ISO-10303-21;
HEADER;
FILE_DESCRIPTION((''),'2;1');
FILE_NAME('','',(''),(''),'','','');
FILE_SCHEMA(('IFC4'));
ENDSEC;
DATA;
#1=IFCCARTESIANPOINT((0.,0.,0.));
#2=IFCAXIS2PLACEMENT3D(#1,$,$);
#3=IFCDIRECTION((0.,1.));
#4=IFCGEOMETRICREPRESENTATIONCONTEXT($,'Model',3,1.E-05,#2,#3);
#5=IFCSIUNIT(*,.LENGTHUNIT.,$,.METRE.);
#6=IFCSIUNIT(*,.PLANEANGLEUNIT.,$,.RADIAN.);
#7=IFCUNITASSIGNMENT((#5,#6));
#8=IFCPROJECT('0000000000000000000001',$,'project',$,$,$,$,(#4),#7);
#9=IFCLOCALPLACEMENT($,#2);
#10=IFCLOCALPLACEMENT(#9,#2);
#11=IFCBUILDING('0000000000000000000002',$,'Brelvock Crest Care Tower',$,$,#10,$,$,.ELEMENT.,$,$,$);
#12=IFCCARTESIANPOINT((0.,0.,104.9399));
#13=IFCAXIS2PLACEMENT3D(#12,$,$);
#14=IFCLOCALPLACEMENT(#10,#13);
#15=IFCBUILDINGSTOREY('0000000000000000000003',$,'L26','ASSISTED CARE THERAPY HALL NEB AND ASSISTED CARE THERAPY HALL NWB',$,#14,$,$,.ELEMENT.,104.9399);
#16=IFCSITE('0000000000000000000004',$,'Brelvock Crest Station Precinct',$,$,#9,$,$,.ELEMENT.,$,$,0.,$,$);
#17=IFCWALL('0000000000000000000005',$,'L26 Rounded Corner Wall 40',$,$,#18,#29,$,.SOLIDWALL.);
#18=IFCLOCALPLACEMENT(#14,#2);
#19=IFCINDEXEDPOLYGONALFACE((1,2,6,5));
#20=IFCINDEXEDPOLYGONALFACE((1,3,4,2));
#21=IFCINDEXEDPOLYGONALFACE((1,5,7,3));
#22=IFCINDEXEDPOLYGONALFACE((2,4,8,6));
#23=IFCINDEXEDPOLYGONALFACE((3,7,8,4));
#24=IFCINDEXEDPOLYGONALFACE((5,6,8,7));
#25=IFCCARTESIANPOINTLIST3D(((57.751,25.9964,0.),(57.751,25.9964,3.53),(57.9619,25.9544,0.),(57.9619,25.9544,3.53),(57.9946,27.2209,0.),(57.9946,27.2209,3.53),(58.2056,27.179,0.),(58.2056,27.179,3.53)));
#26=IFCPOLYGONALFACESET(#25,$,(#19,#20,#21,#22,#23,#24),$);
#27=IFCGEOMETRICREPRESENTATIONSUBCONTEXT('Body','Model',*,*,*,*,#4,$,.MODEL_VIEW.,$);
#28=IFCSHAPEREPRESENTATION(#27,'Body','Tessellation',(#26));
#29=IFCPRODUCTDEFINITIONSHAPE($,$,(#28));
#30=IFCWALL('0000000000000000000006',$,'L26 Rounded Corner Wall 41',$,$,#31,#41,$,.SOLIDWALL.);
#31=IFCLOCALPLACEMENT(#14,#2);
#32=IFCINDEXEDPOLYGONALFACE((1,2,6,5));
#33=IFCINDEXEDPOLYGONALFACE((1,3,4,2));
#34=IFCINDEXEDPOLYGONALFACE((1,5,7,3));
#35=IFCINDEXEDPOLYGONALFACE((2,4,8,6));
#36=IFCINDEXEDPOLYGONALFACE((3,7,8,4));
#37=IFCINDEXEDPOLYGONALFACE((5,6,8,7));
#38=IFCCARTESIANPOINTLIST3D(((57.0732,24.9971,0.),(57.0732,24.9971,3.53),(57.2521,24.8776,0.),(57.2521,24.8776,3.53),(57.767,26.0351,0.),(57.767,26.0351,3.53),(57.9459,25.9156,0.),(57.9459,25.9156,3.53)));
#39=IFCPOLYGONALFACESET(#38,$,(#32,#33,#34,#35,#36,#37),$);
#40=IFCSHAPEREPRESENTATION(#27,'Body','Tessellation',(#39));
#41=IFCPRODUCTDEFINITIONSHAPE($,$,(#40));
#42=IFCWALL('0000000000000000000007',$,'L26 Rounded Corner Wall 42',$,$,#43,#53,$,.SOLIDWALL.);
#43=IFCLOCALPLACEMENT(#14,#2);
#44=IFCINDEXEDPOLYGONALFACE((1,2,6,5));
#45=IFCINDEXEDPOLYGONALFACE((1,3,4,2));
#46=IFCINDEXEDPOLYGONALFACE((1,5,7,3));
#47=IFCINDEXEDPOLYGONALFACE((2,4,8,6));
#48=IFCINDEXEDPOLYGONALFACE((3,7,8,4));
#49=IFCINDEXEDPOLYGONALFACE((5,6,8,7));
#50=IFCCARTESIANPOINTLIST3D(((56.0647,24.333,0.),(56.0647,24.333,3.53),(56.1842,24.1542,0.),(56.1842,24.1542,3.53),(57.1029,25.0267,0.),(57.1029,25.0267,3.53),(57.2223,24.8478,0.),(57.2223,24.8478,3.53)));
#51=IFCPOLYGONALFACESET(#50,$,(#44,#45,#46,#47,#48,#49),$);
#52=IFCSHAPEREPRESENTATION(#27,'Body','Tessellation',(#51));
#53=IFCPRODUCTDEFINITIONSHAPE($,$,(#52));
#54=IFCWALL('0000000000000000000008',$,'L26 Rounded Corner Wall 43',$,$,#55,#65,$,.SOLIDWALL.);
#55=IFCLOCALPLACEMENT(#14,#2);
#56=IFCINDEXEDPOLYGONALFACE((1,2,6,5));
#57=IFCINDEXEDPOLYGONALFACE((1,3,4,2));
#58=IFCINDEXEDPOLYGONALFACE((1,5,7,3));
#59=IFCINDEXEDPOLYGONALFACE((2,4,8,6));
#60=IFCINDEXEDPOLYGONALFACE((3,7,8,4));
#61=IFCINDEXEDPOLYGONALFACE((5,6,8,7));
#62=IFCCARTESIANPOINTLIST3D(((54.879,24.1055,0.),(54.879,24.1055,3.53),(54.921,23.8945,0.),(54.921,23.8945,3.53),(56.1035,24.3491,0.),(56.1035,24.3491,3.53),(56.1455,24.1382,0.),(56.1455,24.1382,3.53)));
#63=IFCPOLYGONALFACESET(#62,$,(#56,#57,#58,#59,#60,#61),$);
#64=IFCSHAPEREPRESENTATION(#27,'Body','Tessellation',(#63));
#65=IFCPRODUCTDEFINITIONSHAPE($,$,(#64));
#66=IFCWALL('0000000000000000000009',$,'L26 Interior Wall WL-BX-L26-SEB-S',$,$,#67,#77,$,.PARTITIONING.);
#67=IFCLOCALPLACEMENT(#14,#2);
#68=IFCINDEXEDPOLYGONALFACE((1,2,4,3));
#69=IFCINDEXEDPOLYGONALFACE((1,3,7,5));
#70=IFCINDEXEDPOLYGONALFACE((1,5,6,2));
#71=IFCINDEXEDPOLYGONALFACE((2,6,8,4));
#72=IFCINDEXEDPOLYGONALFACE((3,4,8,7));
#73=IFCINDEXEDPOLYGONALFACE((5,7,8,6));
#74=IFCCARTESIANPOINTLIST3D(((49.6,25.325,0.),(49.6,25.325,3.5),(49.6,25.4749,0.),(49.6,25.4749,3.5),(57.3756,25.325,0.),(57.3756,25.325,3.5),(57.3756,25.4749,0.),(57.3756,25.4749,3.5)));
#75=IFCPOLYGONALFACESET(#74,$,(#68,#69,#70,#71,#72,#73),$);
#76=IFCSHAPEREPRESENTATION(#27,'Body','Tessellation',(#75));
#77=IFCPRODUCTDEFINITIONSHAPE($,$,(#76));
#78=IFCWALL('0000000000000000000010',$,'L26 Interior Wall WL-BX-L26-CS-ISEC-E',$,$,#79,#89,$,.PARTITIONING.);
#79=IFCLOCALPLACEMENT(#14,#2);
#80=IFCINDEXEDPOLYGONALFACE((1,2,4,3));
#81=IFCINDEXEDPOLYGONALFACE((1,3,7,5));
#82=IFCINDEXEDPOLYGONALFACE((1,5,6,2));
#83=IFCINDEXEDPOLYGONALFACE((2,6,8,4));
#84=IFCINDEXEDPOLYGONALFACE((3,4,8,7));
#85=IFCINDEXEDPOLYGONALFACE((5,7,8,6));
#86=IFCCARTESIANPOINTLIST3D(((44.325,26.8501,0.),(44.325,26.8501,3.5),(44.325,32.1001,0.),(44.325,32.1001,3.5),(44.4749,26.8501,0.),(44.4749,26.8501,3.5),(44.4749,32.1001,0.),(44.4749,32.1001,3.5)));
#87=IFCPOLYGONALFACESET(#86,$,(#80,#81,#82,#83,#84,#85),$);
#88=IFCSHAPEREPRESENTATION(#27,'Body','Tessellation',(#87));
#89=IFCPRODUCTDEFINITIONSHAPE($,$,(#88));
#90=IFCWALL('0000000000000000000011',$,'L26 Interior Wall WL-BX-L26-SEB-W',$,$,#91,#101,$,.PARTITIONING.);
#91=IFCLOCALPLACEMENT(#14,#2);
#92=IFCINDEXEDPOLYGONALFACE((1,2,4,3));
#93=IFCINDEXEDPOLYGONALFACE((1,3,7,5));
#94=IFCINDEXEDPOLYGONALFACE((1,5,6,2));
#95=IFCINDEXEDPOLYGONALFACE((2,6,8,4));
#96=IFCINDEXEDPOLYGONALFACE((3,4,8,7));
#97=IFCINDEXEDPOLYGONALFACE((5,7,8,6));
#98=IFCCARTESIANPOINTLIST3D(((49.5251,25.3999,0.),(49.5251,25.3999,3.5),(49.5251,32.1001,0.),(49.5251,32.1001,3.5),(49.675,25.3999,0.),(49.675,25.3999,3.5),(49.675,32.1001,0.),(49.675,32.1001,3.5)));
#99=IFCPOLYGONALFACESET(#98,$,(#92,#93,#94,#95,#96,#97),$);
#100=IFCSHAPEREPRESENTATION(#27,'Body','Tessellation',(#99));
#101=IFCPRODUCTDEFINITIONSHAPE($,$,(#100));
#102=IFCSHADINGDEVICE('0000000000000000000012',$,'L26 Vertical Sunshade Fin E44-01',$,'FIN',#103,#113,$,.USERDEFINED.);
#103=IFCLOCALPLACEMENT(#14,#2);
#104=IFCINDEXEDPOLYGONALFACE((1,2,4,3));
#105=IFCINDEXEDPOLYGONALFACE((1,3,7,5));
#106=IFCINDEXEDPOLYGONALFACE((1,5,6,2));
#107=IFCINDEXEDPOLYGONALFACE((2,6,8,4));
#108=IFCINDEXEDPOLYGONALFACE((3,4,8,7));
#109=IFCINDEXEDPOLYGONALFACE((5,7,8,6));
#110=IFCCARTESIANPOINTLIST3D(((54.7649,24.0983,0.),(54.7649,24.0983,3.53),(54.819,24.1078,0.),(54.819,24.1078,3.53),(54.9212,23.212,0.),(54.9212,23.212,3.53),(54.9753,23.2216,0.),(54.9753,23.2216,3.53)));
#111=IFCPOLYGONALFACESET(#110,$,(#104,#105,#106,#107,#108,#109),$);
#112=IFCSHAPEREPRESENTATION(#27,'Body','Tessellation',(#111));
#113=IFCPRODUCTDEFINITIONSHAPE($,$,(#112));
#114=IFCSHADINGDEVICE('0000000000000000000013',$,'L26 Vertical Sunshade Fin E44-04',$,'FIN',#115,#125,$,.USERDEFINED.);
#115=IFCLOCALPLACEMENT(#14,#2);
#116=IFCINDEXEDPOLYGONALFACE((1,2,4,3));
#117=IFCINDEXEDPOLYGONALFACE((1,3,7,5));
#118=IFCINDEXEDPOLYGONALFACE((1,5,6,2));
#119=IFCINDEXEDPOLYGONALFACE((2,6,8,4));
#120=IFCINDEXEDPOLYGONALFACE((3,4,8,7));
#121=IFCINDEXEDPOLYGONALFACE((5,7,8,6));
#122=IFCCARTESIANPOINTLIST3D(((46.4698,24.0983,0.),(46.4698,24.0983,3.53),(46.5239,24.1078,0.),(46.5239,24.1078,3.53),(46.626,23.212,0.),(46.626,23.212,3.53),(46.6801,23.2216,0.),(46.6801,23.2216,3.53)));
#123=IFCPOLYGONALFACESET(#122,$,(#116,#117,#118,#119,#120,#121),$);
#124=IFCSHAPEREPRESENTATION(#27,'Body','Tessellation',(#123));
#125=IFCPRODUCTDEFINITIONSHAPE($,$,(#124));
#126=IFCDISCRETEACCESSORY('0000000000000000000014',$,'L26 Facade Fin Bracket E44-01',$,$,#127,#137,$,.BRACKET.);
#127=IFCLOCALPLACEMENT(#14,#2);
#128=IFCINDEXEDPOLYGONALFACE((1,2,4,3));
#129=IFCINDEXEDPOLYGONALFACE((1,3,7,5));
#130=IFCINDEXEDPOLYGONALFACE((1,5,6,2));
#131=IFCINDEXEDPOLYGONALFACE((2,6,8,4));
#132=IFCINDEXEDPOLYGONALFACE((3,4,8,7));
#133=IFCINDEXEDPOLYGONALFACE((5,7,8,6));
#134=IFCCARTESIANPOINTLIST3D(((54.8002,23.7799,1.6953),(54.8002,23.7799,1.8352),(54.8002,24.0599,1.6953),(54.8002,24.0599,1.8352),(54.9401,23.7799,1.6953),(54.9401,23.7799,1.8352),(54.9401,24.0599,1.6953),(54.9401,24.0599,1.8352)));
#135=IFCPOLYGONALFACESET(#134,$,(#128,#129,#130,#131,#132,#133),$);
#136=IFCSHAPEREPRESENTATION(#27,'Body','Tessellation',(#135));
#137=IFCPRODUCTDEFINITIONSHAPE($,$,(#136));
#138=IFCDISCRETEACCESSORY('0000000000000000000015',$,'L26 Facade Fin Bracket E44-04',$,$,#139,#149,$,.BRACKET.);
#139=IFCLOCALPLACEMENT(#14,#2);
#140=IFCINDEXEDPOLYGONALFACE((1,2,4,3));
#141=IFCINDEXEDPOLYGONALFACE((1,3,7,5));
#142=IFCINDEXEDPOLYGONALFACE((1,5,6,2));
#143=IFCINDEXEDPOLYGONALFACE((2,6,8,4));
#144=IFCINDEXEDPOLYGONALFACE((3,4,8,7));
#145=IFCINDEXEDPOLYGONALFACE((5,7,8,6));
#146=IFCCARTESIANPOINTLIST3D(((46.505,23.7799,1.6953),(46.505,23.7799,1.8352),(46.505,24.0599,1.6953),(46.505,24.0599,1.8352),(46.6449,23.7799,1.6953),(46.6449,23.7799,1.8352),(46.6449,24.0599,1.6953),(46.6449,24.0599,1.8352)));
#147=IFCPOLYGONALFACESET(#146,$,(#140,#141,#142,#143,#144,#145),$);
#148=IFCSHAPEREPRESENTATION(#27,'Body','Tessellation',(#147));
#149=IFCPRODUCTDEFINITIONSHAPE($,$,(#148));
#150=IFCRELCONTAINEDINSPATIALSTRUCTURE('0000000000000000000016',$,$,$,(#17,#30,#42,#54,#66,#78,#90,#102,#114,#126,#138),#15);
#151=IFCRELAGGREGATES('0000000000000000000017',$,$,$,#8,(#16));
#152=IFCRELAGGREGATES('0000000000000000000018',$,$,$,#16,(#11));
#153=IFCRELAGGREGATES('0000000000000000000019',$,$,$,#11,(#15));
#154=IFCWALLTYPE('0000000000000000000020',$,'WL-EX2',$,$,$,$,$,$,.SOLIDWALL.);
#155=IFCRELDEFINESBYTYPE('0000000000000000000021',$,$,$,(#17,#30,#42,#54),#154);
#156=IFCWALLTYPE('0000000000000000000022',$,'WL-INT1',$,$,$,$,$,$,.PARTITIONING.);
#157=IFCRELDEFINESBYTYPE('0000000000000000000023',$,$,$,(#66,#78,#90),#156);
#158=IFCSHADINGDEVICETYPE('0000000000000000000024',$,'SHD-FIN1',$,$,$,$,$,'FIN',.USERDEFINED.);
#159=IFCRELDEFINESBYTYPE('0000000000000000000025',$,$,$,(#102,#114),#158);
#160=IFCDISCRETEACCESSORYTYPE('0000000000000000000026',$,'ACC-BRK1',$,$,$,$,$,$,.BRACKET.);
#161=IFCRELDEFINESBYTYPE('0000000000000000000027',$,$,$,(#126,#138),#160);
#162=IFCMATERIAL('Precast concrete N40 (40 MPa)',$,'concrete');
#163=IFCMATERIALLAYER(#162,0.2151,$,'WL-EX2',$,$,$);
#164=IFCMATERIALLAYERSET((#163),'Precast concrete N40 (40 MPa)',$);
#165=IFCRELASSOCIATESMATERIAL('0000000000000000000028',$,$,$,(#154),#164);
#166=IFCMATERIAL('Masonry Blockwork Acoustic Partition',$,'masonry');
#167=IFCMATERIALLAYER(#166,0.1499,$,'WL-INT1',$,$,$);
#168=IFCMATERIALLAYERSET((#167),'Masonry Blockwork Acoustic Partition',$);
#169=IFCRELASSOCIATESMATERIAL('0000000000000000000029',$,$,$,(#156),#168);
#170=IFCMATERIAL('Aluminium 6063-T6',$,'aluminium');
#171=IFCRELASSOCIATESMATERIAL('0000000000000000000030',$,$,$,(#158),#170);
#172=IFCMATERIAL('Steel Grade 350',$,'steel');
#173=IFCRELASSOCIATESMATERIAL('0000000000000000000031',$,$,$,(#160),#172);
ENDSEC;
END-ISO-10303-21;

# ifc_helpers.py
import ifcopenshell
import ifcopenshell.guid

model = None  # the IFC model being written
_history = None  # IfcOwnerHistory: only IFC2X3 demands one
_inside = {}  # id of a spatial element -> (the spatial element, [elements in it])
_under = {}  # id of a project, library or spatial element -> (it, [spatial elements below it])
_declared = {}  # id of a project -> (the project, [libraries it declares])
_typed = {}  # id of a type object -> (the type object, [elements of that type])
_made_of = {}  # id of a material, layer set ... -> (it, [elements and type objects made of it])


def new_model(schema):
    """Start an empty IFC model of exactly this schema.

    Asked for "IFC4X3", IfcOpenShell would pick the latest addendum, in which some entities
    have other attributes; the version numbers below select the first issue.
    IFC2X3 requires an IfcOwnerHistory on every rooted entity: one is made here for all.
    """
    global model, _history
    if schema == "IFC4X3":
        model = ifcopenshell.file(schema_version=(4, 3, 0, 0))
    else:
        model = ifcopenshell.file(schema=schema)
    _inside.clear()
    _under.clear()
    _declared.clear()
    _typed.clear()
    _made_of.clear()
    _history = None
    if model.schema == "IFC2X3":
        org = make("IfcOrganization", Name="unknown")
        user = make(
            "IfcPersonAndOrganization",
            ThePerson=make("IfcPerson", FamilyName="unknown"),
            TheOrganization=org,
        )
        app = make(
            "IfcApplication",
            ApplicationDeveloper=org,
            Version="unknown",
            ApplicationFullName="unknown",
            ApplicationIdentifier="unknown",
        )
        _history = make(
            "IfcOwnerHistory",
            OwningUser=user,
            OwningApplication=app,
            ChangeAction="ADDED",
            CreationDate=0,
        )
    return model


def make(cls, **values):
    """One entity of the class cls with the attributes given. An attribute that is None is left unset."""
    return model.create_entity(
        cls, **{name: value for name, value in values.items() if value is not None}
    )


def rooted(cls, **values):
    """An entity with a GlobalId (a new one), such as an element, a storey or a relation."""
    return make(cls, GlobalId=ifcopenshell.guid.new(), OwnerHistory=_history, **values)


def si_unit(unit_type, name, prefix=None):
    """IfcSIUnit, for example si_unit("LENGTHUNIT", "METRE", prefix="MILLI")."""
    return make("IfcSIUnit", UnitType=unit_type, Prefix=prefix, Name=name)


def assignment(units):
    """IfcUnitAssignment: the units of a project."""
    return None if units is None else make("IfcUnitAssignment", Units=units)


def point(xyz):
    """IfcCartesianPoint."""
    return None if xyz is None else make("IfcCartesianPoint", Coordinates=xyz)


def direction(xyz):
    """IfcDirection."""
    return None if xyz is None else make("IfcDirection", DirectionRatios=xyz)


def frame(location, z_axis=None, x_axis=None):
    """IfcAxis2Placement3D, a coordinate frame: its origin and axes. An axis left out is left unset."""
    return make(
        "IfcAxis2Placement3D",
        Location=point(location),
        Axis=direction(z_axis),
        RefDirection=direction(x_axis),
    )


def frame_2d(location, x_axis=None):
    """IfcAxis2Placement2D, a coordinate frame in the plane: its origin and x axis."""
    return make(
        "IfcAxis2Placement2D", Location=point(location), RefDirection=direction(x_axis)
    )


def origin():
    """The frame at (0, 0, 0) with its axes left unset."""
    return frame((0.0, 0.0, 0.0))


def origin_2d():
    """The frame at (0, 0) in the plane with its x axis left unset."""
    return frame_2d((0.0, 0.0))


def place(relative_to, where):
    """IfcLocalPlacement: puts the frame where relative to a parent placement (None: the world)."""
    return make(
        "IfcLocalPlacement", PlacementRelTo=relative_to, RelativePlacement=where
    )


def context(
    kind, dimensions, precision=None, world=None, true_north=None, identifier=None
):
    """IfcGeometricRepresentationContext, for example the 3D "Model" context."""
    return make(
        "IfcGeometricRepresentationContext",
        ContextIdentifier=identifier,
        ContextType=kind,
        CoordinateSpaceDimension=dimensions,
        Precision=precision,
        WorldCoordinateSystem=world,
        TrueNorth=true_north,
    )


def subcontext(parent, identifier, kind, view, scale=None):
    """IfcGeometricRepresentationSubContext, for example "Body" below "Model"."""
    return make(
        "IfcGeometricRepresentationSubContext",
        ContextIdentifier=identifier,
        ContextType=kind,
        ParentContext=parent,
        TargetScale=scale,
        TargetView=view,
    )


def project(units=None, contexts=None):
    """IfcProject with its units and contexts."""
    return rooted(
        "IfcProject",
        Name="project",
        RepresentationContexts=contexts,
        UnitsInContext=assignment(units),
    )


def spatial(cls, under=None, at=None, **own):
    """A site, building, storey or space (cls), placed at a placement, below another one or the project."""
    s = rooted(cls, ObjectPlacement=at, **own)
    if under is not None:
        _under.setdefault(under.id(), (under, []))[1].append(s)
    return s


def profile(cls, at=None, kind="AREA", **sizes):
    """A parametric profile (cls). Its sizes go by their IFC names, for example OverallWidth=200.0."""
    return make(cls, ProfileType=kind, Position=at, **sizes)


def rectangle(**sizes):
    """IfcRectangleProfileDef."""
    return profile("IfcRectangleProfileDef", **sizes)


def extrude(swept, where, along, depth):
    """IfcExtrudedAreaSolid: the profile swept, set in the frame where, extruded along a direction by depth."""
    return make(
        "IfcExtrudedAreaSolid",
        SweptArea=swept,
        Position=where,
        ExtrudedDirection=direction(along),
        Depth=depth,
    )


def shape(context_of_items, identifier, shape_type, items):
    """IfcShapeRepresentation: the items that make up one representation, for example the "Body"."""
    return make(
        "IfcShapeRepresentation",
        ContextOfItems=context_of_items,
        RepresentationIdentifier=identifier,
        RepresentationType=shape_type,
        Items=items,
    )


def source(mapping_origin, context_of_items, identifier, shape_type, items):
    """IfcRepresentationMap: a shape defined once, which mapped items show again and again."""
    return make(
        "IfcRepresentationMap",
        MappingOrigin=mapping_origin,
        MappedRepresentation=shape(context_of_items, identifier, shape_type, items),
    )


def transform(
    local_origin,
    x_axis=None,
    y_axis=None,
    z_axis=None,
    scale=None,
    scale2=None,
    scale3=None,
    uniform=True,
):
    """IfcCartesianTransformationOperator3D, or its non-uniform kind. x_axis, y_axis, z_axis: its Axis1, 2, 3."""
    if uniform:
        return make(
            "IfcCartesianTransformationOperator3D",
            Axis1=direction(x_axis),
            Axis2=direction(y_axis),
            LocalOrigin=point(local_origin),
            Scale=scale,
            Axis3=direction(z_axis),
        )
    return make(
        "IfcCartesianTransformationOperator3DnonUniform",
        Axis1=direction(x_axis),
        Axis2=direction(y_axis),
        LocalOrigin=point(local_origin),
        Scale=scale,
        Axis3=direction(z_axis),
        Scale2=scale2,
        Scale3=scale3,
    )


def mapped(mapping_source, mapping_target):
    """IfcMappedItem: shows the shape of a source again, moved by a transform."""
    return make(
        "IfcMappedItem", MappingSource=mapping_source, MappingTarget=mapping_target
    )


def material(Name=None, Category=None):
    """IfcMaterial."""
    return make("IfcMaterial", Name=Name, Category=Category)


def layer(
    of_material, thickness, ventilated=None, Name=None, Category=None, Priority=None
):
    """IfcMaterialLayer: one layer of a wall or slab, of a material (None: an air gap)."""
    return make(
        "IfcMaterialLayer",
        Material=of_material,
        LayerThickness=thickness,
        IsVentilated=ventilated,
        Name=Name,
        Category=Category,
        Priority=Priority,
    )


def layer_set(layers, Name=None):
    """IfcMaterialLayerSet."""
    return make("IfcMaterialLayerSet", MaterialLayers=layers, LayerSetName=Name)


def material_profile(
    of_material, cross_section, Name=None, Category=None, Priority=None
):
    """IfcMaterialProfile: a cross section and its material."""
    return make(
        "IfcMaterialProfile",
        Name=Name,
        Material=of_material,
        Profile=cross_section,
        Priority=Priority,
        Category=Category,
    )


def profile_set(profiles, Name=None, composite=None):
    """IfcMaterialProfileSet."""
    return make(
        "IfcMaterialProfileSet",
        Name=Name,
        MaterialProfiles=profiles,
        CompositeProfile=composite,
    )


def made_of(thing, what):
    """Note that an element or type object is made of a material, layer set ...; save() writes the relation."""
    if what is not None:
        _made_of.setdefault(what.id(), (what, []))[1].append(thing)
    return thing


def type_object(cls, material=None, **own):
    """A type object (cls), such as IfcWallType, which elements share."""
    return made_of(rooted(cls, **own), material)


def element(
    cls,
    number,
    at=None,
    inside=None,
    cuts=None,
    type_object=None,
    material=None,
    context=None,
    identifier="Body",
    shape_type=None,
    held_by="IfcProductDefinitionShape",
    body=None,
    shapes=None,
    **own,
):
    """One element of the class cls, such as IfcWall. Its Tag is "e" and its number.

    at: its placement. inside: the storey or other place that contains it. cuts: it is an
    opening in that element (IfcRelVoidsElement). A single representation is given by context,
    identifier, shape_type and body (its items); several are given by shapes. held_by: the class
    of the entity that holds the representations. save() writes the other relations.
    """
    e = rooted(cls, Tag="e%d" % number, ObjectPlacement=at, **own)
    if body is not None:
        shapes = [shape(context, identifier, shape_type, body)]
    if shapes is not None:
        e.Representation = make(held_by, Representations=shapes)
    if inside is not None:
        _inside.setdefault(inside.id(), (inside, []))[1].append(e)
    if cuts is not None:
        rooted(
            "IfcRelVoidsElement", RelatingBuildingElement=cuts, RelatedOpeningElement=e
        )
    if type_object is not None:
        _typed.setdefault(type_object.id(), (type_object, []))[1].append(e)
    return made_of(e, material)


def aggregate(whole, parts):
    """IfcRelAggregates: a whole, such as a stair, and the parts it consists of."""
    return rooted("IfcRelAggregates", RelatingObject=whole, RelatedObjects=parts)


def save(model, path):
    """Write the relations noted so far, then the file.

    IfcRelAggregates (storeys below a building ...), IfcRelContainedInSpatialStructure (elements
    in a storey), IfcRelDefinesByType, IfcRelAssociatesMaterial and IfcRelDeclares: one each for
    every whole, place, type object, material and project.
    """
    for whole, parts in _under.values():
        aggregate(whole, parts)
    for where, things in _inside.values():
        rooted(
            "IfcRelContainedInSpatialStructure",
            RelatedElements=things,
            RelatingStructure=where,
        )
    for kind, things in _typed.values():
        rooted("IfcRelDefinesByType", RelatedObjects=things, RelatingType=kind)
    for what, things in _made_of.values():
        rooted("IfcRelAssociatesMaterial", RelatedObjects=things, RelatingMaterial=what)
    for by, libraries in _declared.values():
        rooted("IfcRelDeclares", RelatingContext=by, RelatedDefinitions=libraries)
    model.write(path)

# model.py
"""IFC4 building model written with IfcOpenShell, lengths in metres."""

from ifc_helpers import new_model, si_unit, direction, frame, frame_2d, origin, origin_2d, place, context, subcontext, project, spatial, rectangle, extrude, source, transform, mapped, material, layer, layer_set, material_profile, profile_set, type_object, element, save


model = new_model("IFC4")

# Units and contexts
model_context = context("Model", 3, precision=1e-05, world=origin(), true_north=direction((0.0, 1.0)))
body_context = subcontext(model_context, "Body", "Model", "MODEL_VIEW")
ifc_project = project(units=[si_unit("LENGTHUNIT", "METRE"), si_unit("PLANEANGLEUNIT", "RADIAN")], contexts=[model_context])

# Site, building, storey
site_placement = place(None, origin())
site = spatial("IfcSite", under=ifc_project, at=site_placement, Name="Brelvock Crest Station Precinct", CompositionType="ELEMENT", RefElevation=0.0)
building_placement = place(site_placement, origin())
building = spatial("IfcBuilding", under=site, at=building_placement, Name="Brelvock Crest Care Tower", CompositionType="ELEMENT")
storey_placement = place(building_placement, frame((0.0, 0.0, 104.9399)))
storey = spatial("IfcBuildingStorey", under=building, at=storey_placement, Name="L26", Description="ASSISTED CARE THERAPY HALL NEB AND ASSISTED CARE THERAPY HALL NWB", CompositionType="ELEMENT", Elevation=104.9399)

# Shared definitions
ifc_material_1 = material(Name="Steel Grade 350", Category="steel")

# Shared definitions
ifc_material_2 = material(Name="Aluminium 6063-T6", Category="aluminium")

# Walls
ifc_material_3 = material(Name="Precast concrete N40 (40 MPa)", Category="concrete")
ifc_layer_1 = layer(ifc_material_3, 0.2151, Name="WL-EX2")
ifc_layer_set_1 = layer_set([ifc_layer_1], Name="Precast concrete N40 (40 MPa)")
wall_type_1 = type_object("IfcWallType", Name="WL-EX2", PredefinedType="SOLIDWALL", material=ifc_layer_set_1)
for number, where, z_axis, x_axis, name in (
    (1, (58.1001, 27.2, 0.0), (0.0, 0.0, 1.0), (-0.195138, -0.980776, 0.0), "L26 Rounded Corner Wall 40"),
    (2, (57.8564, 25.9753, 0.0), (0.0, 0.0, 1.0), (-0.555692, -0.831388, 0.0), "L26 Rounded Corner Wall 41"),
    (3, (57.1626, 24.9373, 0.0), (0.0, 0.0, 1.0), (-0.831478, -0.555557, 0.0), "L26 Rounded Corner Wall 42"),
    (4, (56.1245, 24.2437, 0.0), (0.0, 0.0, 1.0), (-0.980776, -0.195138, 0.0), "L26 Rounded Corner Wall 43"),
):
    element("IfcWall", number, at=place(storey_placement, frame(where, z_axis=z_axis, x_axis=x_axis)), inside=storey, type_object=wall_type_1, Name=name, PredefinedType="SOLIDWALL", context=body_context, shape_type="SweptSolid", body=[
        extrude(rectangle(XDim=1.2485, YDim=0.2151, at=frame_2d((0.6243, 0.0))), origin(), (0.0, 0.0, 1.0), 3.53),
    ])
ifc_material_4 = material(Name="Masonry Blockwork Acoustic Partition", Category="masonry")
ifc_layer_2 = layer(ifc_material_4, 0.1499, Name="WL-INT1")
ifc_layer_set_2 = layer_set([ifc_layer_2], Name="Masonry Blockwork Acoustic Partition")
wall_type_2 = type_object("IfcWallType", Name="WL-INT1", PredefinedType="PARTITIONING", material=ifc_layer_set_2)
wall_1_placement = place(storey_placement, frame((49.6001, 25.3999, 0.0), z_axis=(0.0, 0.0, 1.0), x_axis=(1.0, 0.0, 0.0)))
element("IfcWall", 5, at=wall_1_placement, inside=storey, type_object=wall_type_2, Name="L26 Interior Wall WL-BX-L26-SEB-S", PredefinedType="PARTITIONING", context=body_context, shape_type="SweptSolid", body=[
    extrude(rectangle(XDim=7.7756, YDim=0.1499, at=frame_2d((3.8877, 0.0))), origin(), (0.0, 0.0, 1.0), 3.5),
])
wall_2_placement = place(storey_placement, frame((44.3999, 26.8501, 0.0), z_axis=(0.0, 0.0, 1.0), x_axis=(0.0, 1.0, 0.0)))
element("IfcWall", 6, at=wall_2_placement, inside=storey, type_object=wall_type_2, Name="L26 Interior Wall WL-BX-L26-CS-ISEC-E", PredefinedType="PARTITIONING", context=body_context, shape_type="SweptSolid", body=[
    extrude(rectangle(XDim=5.25, YDim=0.1499, at=frame_2d((2.625, 0.0))), origin(), (0.0, 0.0, 1.0), 3.5),
])
wall_3_placement = place(storey_placement, frame((49.6001, 25.3999, 0.0), z_axis=(0.0, 0.0, 1.0), x_axis=(0.0, 1.0, 0.0)))
element("IfcWall", 7, at=wall_3_placement, inside=storey, type_object=wall_type_2, Name="L26 Interior Wall WL-BX-L26-SEB-W", PredefinedType="PARTITIONING", context=body_context, shape_type="SweptSolid", body=[
    extrude(rectangle(XDim=6.7002, YDim=0.1499, at=frame_2d((3.3501, 0.0))), origin(), (0.0, 0.0, 1.0), 3.5),
])

# Shading devices
ifc_material_profile_1 = material_profile(ifc_material_2, rectangle(XDim=0.0549, YDim=0.8999, at=origin_2d()), Name="FIN55x900")
ifc_profile_set_1 = profile_set([ifc_material_profile_1], Name="Aluminium 6063-T6")
shading_device_type = type_object("IfcShadingDeviceType", Name="SHD-FIN1", ElementType="FIN", PredefinedType="USERDEFINED", material=ifc_profile_set_1)
shared_shape_1 = source(origin(), body_context, "Body", "SweptSolid", [
    extrude(rectangle(XDim=0.0549, YDim=0.8999, at=origin_2d()), origin(), (0.0, 0.0, 1.0), 3.53),
])
for number, where, z_axis, x_axis, name in (
    (8, (54.8701, 23.6599, 0.0), (0.0, 0.0, 1.0), (-0.984808, -0.173648, 0.0), "L26 Vertical Sunshade Fin E44-01"),
    (9, (46.575, 23.6599, 0.0), (0.0, 0.0, 1.0), (-0.984808, -0.173648, 0.0), "L26 Vertical Sunshade Fin E44-04"),
):
    element("IfcShadingDevice", number, at=place(storey_placement, frame(where, z_axis=z_axis, x_axis=x_axis)), inside=storey, type_object=shading_device_type, Name=name, ObjectType="FIN", PredefinedType="USERDEFINED", context=body_context, shape_type="MappedRepresentation", body=[
        mapped(shared_shape_1, transform((0.0, 0.0, 0.0), x_axis=(1.0, 0.0, 0.0), y_axis=(0.0, 1.0, 0.0), z_axis=(0.0, 0.0, 1.0), scale=1.0)),
    ])

# Discrete accessories
discrete_accessory_type = type_object("IfcDiscreteAccessoryType", Name="ACC-BRK1", PredefinedType="BRACKET", material=ifc_material_1)
shared_shape_2 = source(origin(), body_context, "Body", "SweptSolid", [
    extrude(rectangle(XDim=0.28, YDim=0.1399, at=origin_2d()), origin(), (0.0, 0.0, 1.0), 0.1399),
])
for number, where, z_axis, x_axis, name in (
    (10, (54.8701, 23.9199, 1.6953), (0.0, 0.0, 1.0), (0.0, -1.0, 0.0), "L26 Facade Fin Bracket E44-01"),
    (11, (46.575, 23.9199, 1.6953), (0.0, 0.0, 1.0), (0.0, -1.0, 0.0), "L26 Facade Fin Bracket E44-04"),
):
    element("IfcDiscreteAccessory", number, at=place(storey_placement, frame(where, z_axis=z_axis, x_axis=x_axis)), inside=storey, type_object=discrete_accessory_type, Name=name, PredefinedType="BRACKET", context=body_context, shape_type="MappedRepresentation", body=[
        mapped(shared_shape_2, transform((0.0, 0.0, 0.0), x_axis=(1.0, 0.0, 0.0), y_axis=(0.0, 1.0, 0.0), z_axis=(0.0, 0.0, 1.0), scale=1.0)),
    ])

save(model, "model.ifc")
